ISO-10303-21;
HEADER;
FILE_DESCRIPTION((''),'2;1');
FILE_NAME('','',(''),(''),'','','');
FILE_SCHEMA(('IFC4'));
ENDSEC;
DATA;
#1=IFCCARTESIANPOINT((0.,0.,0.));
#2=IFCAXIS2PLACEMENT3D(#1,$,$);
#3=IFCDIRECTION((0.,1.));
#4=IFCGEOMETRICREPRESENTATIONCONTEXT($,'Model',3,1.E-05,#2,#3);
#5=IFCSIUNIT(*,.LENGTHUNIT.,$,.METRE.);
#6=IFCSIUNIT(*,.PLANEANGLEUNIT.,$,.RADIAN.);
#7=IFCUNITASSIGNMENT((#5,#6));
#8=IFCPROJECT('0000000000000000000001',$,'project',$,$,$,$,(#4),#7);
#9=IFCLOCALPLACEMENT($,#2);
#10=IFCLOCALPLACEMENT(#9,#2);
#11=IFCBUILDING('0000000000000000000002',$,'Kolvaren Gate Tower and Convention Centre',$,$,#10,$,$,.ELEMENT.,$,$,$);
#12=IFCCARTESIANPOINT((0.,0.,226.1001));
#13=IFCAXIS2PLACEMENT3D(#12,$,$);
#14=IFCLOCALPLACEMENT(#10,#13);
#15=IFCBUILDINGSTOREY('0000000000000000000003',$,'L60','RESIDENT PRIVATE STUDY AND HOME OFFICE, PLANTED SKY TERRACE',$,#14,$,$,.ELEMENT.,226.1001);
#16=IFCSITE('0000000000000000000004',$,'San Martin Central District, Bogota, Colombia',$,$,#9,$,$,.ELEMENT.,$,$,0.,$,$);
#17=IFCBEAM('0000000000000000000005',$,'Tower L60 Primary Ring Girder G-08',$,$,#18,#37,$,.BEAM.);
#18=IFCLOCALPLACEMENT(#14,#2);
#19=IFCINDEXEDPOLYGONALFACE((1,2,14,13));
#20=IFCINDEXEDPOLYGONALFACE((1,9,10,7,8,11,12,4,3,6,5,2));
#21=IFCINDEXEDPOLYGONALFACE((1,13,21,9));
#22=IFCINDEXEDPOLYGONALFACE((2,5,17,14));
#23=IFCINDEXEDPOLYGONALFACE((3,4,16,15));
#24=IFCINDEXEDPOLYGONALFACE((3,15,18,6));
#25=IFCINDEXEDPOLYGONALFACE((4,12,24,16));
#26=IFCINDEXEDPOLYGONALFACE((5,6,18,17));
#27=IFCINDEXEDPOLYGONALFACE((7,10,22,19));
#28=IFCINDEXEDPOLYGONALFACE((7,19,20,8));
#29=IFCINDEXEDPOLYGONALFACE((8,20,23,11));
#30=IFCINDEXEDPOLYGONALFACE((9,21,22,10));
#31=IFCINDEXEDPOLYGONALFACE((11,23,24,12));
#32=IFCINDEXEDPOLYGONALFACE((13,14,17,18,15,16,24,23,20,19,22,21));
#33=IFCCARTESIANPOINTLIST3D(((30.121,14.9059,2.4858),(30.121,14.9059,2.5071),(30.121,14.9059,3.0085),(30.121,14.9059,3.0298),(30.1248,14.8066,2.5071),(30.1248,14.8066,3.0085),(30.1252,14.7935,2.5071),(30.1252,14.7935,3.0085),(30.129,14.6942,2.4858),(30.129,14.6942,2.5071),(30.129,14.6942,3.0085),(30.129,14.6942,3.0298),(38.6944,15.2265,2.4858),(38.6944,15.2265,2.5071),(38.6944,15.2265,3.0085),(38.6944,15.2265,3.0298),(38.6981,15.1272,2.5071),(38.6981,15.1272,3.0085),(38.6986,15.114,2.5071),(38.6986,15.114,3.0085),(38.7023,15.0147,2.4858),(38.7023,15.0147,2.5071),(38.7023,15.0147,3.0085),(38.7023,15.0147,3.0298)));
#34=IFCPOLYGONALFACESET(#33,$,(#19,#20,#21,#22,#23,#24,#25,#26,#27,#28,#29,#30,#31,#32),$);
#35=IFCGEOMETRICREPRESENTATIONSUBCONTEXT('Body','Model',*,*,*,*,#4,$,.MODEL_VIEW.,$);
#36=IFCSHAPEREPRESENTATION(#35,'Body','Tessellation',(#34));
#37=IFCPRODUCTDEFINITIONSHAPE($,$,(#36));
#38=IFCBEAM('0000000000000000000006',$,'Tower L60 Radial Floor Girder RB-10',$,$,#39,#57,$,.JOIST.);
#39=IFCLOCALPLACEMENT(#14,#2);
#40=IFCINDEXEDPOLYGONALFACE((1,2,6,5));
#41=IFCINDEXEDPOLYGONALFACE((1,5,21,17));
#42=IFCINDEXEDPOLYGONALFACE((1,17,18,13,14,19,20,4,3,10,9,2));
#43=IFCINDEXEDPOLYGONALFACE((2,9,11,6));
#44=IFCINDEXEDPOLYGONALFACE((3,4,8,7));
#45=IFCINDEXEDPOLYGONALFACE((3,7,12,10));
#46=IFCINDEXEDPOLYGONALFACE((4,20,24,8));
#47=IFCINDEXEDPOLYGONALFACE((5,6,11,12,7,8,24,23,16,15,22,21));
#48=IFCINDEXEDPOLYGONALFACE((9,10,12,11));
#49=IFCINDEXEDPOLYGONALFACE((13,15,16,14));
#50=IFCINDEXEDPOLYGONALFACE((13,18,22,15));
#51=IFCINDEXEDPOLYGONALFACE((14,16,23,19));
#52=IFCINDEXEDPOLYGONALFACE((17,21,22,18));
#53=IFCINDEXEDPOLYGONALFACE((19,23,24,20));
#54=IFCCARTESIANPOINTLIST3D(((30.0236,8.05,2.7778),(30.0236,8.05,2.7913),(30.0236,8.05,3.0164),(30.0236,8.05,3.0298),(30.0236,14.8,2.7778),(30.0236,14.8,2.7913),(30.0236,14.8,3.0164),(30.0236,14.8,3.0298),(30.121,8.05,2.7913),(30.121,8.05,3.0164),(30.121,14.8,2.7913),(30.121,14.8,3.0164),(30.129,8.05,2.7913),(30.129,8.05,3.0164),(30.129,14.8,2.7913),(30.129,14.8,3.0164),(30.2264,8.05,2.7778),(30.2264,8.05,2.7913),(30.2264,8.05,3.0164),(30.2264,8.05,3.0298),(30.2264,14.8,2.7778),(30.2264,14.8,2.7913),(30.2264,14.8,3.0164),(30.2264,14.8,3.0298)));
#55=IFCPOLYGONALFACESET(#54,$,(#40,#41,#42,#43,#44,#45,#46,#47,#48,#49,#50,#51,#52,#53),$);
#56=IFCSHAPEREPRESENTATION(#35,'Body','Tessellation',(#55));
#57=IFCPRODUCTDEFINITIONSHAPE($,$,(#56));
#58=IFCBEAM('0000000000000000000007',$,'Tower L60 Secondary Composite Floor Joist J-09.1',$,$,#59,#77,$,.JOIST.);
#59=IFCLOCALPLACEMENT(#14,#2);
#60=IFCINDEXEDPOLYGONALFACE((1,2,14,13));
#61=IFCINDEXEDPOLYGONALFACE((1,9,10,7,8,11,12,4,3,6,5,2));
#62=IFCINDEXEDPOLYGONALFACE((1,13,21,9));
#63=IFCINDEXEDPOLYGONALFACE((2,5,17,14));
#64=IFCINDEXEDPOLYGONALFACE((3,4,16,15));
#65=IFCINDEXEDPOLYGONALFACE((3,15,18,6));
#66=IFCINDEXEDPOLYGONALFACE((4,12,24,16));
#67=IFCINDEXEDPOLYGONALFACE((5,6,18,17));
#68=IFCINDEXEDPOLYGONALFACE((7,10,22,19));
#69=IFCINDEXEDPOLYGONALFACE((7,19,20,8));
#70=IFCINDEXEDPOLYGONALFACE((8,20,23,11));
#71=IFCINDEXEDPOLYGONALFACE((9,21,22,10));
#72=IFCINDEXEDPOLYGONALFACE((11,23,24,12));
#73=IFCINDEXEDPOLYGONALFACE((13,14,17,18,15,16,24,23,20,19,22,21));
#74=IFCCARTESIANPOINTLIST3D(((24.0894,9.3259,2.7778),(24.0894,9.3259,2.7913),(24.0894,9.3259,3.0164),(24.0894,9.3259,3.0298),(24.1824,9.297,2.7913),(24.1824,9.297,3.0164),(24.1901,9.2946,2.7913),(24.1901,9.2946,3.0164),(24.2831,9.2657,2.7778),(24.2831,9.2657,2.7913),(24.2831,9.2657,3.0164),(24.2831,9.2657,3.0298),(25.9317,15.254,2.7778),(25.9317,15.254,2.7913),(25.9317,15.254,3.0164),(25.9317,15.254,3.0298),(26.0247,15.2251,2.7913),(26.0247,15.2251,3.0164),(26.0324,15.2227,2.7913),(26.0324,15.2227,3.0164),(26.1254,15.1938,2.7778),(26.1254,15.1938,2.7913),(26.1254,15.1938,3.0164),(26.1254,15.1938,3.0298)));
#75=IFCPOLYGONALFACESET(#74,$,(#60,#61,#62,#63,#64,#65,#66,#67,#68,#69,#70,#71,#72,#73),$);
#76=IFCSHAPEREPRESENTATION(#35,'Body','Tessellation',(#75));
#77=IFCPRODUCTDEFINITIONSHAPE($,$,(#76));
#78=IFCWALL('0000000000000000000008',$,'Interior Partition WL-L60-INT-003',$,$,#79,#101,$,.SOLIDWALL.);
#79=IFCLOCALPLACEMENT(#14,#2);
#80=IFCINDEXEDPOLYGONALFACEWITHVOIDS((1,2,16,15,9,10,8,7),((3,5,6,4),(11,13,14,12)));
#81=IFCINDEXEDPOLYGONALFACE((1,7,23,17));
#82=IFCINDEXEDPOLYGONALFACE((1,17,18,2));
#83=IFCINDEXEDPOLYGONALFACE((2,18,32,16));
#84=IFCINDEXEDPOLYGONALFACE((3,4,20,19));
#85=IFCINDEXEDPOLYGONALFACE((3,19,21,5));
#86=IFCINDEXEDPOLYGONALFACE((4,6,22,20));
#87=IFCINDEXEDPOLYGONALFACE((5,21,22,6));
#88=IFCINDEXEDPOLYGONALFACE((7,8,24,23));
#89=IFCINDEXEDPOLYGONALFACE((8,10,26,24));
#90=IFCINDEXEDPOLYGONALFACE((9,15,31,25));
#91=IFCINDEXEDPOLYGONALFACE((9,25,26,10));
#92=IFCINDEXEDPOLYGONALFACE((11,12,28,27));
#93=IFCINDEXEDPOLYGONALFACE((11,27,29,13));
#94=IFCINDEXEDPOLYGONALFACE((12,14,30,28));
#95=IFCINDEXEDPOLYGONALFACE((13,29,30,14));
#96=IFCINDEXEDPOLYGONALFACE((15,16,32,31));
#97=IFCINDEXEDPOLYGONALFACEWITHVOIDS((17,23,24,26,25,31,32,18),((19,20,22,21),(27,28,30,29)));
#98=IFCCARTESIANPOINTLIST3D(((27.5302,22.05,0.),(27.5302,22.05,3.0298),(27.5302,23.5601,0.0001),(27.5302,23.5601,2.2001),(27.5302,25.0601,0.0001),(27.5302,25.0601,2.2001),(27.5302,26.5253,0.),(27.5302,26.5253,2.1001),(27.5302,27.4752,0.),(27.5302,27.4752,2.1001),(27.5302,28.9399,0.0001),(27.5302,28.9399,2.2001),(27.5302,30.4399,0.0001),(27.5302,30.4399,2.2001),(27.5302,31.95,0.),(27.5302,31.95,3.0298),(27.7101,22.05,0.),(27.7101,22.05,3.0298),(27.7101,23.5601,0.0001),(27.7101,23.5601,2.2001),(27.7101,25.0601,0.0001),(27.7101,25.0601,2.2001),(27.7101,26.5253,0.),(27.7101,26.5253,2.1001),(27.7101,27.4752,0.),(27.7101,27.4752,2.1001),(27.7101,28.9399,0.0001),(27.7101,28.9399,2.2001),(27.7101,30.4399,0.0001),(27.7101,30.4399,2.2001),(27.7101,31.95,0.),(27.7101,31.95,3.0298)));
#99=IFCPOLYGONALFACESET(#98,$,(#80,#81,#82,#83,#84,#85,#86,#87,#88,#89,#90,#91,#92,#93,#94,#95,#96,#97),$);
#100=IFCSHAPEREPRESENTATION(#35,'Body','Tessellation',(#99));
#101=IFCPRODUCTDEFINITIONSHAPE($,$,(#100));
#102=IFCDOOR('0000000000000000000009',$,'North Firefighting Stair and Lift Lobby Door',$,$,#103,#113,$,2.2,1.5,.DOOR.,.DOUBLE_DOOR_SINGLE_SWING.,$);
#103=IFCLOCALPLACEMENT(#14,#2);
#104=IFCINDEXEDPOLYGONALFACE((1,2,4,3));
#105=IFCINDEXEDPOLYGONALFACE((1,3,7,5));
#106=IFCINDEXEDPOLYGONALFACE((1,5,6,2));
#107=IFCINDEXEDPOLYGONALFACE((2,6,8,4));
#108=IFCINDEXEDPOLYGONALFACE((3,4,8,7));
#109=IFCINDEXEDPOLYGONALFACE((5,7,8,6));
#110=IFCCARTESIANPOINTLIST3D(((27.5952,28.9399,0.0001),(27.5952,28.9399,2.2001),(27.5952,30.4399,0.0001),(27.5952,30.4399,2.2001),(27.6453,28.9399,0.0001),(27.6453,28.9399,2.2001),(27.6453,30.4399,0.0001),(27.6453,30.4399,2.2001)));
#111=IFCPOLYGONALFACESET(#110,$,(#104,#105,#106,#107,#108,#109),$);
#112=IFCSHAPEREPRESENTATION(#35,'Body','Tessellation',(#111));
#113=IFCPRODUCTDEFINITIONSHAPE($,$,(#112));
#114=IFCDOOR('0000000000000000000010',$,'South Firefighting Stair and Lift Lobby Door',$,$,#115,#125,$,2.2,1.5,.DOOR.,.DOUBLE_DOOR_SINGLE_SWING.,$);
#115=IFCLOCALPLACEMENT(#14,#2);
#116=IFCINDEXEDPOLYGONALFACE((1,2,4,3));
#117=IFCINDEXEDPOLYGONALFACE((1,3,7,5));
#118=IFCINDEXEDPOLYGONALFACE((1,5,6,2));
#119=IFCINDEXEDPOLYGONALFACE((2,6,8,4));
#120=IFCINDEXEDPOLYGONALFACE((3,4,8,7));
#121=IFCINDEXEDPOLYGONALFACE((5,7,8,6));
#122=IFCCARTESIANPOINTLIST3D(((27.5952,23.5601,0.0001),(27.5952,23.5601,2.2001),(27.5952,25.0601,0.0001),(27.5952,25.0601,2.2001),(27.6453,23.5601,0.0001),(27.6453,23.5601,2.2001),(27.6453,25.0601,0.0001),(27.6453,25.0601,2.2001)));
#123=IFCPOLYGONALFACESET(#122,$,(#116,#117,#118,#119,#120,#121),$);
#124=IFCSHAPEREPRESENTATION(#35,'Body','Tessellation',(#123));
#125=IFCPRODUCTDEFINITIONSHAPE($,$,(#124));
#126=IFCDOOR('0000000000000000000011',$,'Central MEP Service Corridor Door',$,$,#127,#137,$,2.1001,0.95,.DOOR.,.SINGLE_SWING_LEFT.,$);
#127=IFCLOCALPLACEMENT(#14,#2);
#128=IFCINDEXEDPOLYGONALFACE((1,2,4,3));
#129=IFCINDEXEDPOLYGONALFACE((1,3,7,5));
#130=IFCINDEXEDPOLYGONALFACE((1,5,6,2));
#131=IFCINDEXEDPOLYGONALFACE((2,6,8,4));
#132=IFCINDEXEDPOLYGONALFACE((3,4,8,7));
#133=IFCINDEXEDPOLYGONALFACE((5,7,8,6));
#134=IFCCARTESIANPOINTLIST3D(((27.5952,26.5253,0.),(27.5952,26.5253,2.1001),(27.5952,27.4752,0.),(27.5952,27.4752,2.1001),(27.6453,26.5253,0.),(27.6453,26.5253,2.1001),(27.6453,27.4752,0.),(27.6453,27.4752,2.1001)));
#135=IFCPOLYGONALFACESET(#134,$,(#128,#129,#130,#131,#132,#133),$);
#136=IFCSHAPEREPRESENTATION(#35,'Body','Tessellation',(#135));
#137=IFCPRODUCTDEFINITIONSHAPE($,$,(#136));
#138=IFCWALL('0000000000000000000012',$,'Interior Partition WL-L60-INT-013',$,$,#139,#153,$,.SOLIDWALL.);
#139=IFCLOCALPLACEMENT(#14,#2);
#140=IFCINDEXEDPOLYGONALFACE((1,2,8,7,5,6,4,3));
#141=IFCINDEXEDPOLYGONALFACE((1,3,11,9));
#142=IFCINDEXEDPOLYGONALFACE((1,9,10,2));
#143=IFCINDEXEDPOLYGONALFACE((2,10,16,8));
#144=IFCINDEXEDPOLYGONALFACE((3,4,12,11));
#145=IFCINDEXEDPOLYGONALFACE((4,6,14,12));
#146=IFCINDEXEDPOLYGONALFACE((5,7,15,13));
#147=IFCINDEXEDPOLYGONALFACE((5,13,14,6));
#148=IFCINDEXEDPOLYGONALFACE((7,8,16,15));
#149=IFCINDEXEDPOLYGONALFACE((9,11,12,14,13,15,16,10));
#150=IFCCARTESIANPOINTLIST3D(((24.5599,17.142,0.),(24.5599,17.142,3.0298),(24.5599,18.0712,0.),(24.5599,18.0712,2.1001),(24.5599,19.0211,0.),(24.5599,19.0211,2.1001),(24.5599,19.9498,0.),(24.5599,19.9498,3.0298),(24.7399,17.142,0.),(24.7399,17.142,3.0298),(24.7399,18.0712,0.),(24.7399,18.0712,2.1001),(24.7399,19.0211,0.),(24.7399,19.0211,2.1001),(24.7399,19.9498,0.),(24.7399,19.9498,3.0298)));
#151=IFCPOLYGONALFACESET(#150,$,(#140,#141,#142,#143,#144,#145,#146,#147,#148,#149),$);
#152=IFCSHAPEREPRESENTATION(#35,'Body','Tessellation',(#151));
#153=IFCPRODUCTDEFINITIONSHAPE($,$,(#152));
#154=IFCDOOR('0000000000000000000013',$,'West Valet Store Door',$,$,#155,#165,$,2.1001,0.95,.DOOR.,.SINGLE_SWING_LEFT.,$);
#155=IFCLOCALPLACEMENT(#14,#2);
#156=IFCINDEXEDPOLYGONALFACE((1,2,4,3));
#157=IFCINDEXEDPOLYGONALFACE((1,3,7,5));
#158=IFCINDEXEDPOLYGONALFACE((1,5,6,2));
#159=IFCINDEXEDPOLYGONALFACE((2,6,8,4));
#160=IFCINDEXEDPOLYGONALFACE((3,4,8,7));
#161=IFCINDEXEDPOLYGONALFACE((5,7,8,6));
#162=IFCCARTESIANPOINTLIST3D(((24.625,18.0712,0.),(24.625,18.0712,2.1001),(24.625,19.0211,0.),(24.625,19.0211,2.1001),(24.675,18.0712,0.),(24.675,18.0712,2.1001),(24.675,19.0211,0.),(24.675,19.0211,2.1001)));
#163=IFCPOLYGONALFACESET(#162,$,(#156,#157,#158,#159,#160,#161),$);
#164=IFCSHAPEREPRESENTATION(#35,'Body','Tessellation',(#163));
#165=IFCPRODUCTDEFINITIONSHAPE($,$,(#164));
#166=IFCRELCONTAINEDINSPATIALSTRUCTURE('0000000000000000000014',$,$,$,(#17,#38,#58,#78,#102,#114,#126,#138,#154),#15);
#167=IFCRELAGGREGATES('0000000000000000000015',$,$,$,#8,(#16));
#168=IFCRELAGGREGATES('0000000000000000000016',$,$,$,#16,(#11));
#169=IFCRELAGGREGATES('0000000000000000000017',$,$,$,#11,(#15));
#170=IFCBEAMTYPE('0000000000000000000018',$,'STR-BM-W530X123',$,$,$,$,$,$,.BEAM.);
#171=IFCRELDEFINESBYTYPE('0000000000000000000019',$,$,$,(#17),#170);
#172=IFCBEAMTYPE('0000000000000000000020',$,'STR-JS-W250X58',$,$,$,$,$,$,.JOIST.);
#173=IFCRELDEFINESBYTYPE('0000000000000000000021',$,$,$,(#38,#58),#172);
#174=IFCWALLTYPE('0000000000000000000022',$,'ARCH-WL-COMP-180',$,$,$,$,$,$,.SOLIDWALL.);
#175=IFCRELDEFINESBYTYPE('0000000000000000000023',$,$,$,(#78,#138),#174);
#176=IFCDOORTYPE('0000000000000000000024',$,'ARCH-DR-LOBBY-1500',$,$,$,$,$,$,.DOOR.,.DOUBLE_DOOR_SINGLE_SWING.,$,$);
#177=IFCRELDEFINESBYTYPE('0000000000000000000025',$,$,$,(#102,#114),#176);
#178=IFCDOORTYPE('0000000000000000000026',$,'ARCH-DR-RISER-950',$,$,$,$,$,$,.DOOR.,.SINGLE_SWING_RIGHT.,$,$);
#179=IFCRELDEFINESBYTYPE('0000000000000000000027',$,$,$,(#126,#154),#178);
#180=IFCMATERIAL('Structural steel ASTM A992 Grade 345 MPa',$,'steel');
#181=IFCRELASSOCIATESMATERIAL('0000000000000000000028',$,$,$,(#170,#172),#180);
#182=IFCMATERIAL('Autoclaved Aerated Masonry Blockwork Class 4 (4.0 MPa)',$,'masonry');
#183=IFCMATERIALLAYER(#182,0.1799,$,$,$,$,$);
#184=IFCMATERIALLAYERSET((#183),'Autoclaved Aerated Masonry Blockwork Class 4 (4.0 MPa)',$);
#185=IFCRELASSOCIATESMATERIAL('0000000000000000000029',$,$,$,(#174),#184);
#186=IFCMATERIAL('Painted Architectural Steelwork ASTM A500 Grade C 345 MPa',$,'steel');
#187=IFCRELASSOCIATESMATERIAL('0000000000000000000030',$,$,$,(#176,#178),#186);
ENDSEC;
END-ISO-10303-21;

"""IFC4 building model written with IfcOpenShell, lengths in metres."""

from ifc_helpers import new_model, si_unit, direction, frame, frame_2d, origin, origin_2d, place, context, subcontext, project, spatial, rectangle, i_section, extrude, material, layer, layer_set, material_profile, profile_set, type_object, element, fill, save


model = new_model("IFC4")

# Units and contexts
model_context = context("Model", 3, precision=1e-05, world=origin(), true_north=direction((0.0, 1.0)))
body_context = subcontext(model_context, "Body", "Model", "MODEL_VIEW")
ifc_project = project(units=[si_unit("LENGTHUNIT", "METRE"), si_unit("PLANEANGLEUNIT", "RADIAN")], contexts=[model_context])

# Site, building, storey
site_placement = place(None, origin())
site = spatial("IfcSite", under=ifc_project, at=site_placement, Name="San Martin Central District, Bogota, Colombia", CompositionType="ELEMENT", RefElevation=0.0)
building_placement = place(site_placement, origin())
building = spatial("IfcBuilding", under=site, at=building_placement, Name="Kolvaren Gate Tower and Convention Centre", CompositionType="ELEMENT")
storey_placement = place(building_placement, frame((0.0, 0.0, 226.1001)))
storey = spatial("IfcBuildingStorey", under=building, at=storey_placement, Name="L60", Description="RESIDENT PRIVATE STUDY AND HOME OFFICE, PLANTED SKY TERRACE", CompositionType="ELEMENT", Elevation=226.1001)

# Beams
ifc_material_1 = material(Name="Structural steel ASTM A992 Grade 345 MPa", Category="steel")
ifc_material_profile_1 = material_profile(ifc_material_1, i_section(OverallWidth=0.2119, OverallDepth=0.5439, WebThickness=0.0132, FlangeThickness=0.0212, at=origin_2d()), Name="W530X123")
ifc_profile_set_1 = profile_set([ifc_material_profile_1], Name="Structural steel ASTM A992 Grade 345 MPa")
beam_type_1 = type_object("IfcBeamType", Name="STR-BM-W530X123", PredefinedType="BEAM", material=ifc_profile_set_1)
beam_1_placement = place(storey_placement, frame((30.125, 14.8, 2.7578), z_axis=(0.999302, 0.037364, 0.0), x_axis=(-0.037364, 0.999302, 0.0)))
element("IfcBeam", 1, at=beam_1_placement, inside=storey, type_object=beam_type_1, Name="Tower L60 Primary Ring Girder G-08", PredefinedType="BEAM", context=body_context, shape_type="SweptSolid", body=[
    extrude(i_section(OverallWidth=0.2119, OverallDepth=0.5439, WebThickness=0.0132, FlangeThickness=0.0212, at=origin_2d()), origin(), (0.0, 0.0, 1.0), 8.5793),
])
ifc_material_profile_2 = material_profile(ifc_material_1, i_section(OverallWidth=0.2029, OverallDepth=0.252, WebThickness=0.0081, FlangeThickness=0.0134, at=origin_2d()), Name="W250X58")
ifc_profile_set_2 = profile_set([ifc_material_profile_2], Name="Structural steel ASTM A992 Grade 345 MPa")
beam_type_2 = type_object("IfcBeamType", Name="STR-JS-W250X58", PredefinedType="JOIST", material=ifc_profile_set_2)
beam_2_placement = place(storey_placement, frame((30.125, 14.8, 2.9038), z_axis=(0.0, -1.0, 0.0), x_axis=(1.0, 0.0, 0.0)))
element("IfcBeam", 2, at=beam_2_placement, inside=storey, type_object=beam_type_2, Name="Tower L60 Radial Floor Girder RB-10", PredefinedType="JOIST", context=body_context, shape_type="SweptSolid", body=[
    extrude(i_section(OverallWidth=0.2029, OverallDepth=0.252, WebThickness=0.0081, FlangeThickness=0.0134, at=origin_2d()), origin(), (0.0, 0.0, 1.0), 6.75),
])
beam_3_placement = place(storey_placement, frame((26.0286, 15.2239, 2.9038), z_axis=(-0.296776, -0.954947, 0.0), x_axis=(0.954947, -0.296776, 0.0)))
element("IfcBeam", 3, at=beam_3_placement, inside=storey, type_object=beam_type_2, Name="Tower L60 Secondary Composite Floor Joist J-09.1", PredefinedType="JOIST", context=body_context, shape_type="SweptSolid", body=[
    extrude(i_section(OverallWidth=0.2029, OverallDepth=0.252, WebThickness=0.0081, FlangeThickness=0.0134, at=origin_2d()), origin(), (0.0, 0.0, 1.0), 6.2078),
])

# Wall, openings, doors
ifc_material_2 = material(Name="Autoclaved Aerated Masonry Blockwork Class 4 (4.0 MPa)", Category="masonry")
ifc_layer_1 = layer(ifc_material_2, 0.1799)
ifc_layer_set_1 = layer_set([ifc_layer_1], Name="Autoclaved Aerated Masonry Blockwork Class 4 (4.0 MPa)")
wall_type_1 = type_object("IfcWallType", Name="ARCH-WL-COMP-180", PredefinedType="SOLIDWALL", material=ifc_layer_set_1)
wall_1_placement = place(storey_placement, frame((27.6201, 22.05, 0.0), z_axis=(0.0, 0.0, 1.0), x_axis=(0.0, 1.0, 0.0)))
wall_1 = element("IfcWall", 4, at=wall_1_placement, inside=storey, type_object=wall_type_1, Name="Interior Partition WL-L60-INT-003", PredefinedType="SOLIDWALL", context=body_context, shape_type="SweptSolid", body=[
    extrude(rectangle(XDim=9.8999, YDim=0.1799, at=frame_2d((4.95, 0.0))), origin(), (0.0, 0.0, 1.0), 3.0298),
])
opening_1_placement = place(wall_1_placement, frame((4.4751, 0.0, 0.0)))
opening_1 = element("IfcOpeningElement", 5, at=opening_1_placement, cuts=wall_1, PredefinedType="OPENING", context=body_context, shape_type="SweptSolid", body=[
    extrude(rectangle(XDim=0.95, YDim=2.1001, at=frame_2d((0.4751, 1.05))), frame((0.0, 0.0999, 0.0), z_axis=(0.0, -1.0, 0.0), x_axis=(1.0, 0.0, 0.0)), (0.0, 0.0, 1.0), 0.2),
])
opening_2_placement = place(wall_1_placement, frame((6.8899, 0.0, 0.0)))
opening_2 = element("IfcOpeningElement", 6, at=opening_2_placement, cuts=wall_1, PredefinedType="OPENING", context=body_context, shape_type="SweptSolid", body=[
    extrude(rectangle(XDim=1.5, YDim=2.2, at=frame_2d((0.75, 1.1001))), frame((0.0, 0.0999, 0.0), z_axis=(0.0, -1.0, 0.0), x_axis=(1.0, 0.0, 0.0)), (0.0, 0.0, 1.0), 0.2),
])
opening_3_placement = place(wall_1_placement, frame((1.51, 0.0, 0.0)))
opening_3 = element("IfcOpeningElement", 7, at=opening_3_placement, cuts=wall_1, PredefinedType="OPENING", context=body_context, shape_type="SweptSolid", body=[
    extrude(rectangle(XDim=1.5, YDim=2.2, at=frame_2d((0.75, 1.1001))), frame((0.0, 0.0999, 0.0), z_axis=(0.0, -1.0, 0.0), x_axis=(1.0, 0.0, 0.0)), (0.0, 0.0, 1.0), 0.2),
])
ifc_material_3 = material(Name="Painted Architectural Steelwork ASTM A500 Grade C 345 MPa", Category="steel")
door_type_1 = type_object("IfcDoorType", Name="ARCH-DR-LOBBY-1500", OperationType="DOUBLE_DOOR_SINGLE_SWING", PredefinedType="DOOR", material=ifc_material_3)
door_1_placement = place(opening_2_placement, origin())
door_1 = element("IfcDoor", 8, at=door_1_placement, inside=storey, type_object=door_type_1, Name="North Firefighting Stair and Lift Lobby Door", OperationType="DOUBLE_DOOR_SINGLE_SWING", OverallHeight=2.2, OverallWidth=1.5, PredefinedType="DOOR", context=body_context, shape_type="SweptSolid", body=[
    extrude(rectangle(XDim=1.5, YDim=2.2, at=frame_2d((0.75, 1.1001))), frame((0.0, 0.0249, 0.0), z_axis=(0.0, -1.0, 0.0), x_axis=(1.0, 0.0, 0.0)), (0.0, 0.0, 1.0), 0.05),
])
fill(opening_2, door_1)
door_2_placement = place(opening_3_placement, origin())
door_2 = element("IfcDoor", 9, at=door_2_placement, inside=storey, type_object=door_type_1, Name="South Firefighting Stair and Lift Lobby Door", OperationType="DOUBLE_DOOR_SINGLE_SWING", OverallHeight=2.2, OverallWidth=1.5, PredefinedType="DOOR", context=body_context, shape_type="SweptSolid", body=[
    extrude(rectangle(XDim=1.5, YDim=2.2, at=frame_2d((0.75, 1.1001))), frame((0.0, 0.0249, 0.0), z_axis=(0.0, -1.0, 0.0), x_axis=(1.0, 0.0, 0.0)), (0.0, 0.0, 1.0), 0.05),
])
fill(opening_3, door_2)
door_type_2 = type_object("IfcDoorType", Name="ARCH-DR-RISER-950", OperationType="SINGLE_SWING_RIGHT", PredefinedType="DOOR", material=ifc_material_3)
door_3_placement = place(opening_1_placement, origin())
door_3 = element("IfcDoor", 10, at=door_3_placement, inside=storey, type_object=door_type_2, Name="Central MEP Service Corridor Door", OperationType="SINGLE_SWING_LEFT", OverallHeight=2.1001, OverallWidth=0.95, PredefinedType="DOOR", context=body_context, shape_type="SweptSolid", body=[
    extrude(rectangle(XDim=0.95, YDim=2.1001, at=frame_2d((0.4751, 1.05))), frame((0.0, 0.0249, 0.0), z_axis=(0.0, -1.0, 0.0), x_axis=(1.0, 0.0, 0.0)), (0.0, 0.0, 1.0), 0.05),
])
fill(opening_1, door_3)

# Wall, opening, door
wall_2_placement = place(storey_placement, frame((24.6499, 17.1421, 0.0), z_axis=(0.0, 0.0, 1.0), x_axis=(0.0, 1.0, 0.0)))
wall_2 = element("IfcWall", 11, at=wall_2_placement, inside=storey, type_object=wall_type_1, Name="Interior Partition WL-L60-INT-013", PredefinedType="SOLIDWALL", context=body_context, shape_type="SweptSolid", body=[
    extrude(rectangle(XDim=2.8079, YDim=0.1799, at=frame_2d((1.4038, 0.0))), origin(), (0.0, 0.0, 1.0), 3.0298),
])
opening_4_placement = place(wall_2_placement, frame((0.929, 0.0, 0.0)))
opening_4 = element("IfcOpeningElement", 12, at=opening_4_placement, cuts=wall_2, PredefinedType="OPENING", context=body_context, shape_type="SweptSolid", body=[
    extrude(rectangle(XDim=0.95, YDim=2.1001, at=frame_2d((0.4751, 1.05))), frame((0.0, 0.0999, 0.0), z_axis=(0.0, -1.0, 0.0), x_axis=(1.0, 0.0, 0.0)), (0.0, 0.0, 1.0), 0.2),
])
door_4_placement = place(opening_4_placement, origin())
door_4 = element("IfcDoor", 13, at=door_4_placement, inside=storey, type_object=door_type_2, Name="West Valet Store Door", OperationType="SINGLE_SWING_LEFT", OverallHeight=2.1001, OverallWidth=0.95, PredefinedType="DOOR", context=body_context, shape_type="SweptSolid", body=[
    extrude(rectangle(XDim=0.95, YDim=2.1001, at=frame_2d((0.4751, 1.05))), frame((0.0, 0.0249, 0.0), z_axis=(0.0, -1.0, 0.0), x_axis=(1.0, 0.0, 0.0)), (0.0, 0.0, 1.0), 0.05),
])
fill(opening_4, door_4)

save(model, "model.ifc")
